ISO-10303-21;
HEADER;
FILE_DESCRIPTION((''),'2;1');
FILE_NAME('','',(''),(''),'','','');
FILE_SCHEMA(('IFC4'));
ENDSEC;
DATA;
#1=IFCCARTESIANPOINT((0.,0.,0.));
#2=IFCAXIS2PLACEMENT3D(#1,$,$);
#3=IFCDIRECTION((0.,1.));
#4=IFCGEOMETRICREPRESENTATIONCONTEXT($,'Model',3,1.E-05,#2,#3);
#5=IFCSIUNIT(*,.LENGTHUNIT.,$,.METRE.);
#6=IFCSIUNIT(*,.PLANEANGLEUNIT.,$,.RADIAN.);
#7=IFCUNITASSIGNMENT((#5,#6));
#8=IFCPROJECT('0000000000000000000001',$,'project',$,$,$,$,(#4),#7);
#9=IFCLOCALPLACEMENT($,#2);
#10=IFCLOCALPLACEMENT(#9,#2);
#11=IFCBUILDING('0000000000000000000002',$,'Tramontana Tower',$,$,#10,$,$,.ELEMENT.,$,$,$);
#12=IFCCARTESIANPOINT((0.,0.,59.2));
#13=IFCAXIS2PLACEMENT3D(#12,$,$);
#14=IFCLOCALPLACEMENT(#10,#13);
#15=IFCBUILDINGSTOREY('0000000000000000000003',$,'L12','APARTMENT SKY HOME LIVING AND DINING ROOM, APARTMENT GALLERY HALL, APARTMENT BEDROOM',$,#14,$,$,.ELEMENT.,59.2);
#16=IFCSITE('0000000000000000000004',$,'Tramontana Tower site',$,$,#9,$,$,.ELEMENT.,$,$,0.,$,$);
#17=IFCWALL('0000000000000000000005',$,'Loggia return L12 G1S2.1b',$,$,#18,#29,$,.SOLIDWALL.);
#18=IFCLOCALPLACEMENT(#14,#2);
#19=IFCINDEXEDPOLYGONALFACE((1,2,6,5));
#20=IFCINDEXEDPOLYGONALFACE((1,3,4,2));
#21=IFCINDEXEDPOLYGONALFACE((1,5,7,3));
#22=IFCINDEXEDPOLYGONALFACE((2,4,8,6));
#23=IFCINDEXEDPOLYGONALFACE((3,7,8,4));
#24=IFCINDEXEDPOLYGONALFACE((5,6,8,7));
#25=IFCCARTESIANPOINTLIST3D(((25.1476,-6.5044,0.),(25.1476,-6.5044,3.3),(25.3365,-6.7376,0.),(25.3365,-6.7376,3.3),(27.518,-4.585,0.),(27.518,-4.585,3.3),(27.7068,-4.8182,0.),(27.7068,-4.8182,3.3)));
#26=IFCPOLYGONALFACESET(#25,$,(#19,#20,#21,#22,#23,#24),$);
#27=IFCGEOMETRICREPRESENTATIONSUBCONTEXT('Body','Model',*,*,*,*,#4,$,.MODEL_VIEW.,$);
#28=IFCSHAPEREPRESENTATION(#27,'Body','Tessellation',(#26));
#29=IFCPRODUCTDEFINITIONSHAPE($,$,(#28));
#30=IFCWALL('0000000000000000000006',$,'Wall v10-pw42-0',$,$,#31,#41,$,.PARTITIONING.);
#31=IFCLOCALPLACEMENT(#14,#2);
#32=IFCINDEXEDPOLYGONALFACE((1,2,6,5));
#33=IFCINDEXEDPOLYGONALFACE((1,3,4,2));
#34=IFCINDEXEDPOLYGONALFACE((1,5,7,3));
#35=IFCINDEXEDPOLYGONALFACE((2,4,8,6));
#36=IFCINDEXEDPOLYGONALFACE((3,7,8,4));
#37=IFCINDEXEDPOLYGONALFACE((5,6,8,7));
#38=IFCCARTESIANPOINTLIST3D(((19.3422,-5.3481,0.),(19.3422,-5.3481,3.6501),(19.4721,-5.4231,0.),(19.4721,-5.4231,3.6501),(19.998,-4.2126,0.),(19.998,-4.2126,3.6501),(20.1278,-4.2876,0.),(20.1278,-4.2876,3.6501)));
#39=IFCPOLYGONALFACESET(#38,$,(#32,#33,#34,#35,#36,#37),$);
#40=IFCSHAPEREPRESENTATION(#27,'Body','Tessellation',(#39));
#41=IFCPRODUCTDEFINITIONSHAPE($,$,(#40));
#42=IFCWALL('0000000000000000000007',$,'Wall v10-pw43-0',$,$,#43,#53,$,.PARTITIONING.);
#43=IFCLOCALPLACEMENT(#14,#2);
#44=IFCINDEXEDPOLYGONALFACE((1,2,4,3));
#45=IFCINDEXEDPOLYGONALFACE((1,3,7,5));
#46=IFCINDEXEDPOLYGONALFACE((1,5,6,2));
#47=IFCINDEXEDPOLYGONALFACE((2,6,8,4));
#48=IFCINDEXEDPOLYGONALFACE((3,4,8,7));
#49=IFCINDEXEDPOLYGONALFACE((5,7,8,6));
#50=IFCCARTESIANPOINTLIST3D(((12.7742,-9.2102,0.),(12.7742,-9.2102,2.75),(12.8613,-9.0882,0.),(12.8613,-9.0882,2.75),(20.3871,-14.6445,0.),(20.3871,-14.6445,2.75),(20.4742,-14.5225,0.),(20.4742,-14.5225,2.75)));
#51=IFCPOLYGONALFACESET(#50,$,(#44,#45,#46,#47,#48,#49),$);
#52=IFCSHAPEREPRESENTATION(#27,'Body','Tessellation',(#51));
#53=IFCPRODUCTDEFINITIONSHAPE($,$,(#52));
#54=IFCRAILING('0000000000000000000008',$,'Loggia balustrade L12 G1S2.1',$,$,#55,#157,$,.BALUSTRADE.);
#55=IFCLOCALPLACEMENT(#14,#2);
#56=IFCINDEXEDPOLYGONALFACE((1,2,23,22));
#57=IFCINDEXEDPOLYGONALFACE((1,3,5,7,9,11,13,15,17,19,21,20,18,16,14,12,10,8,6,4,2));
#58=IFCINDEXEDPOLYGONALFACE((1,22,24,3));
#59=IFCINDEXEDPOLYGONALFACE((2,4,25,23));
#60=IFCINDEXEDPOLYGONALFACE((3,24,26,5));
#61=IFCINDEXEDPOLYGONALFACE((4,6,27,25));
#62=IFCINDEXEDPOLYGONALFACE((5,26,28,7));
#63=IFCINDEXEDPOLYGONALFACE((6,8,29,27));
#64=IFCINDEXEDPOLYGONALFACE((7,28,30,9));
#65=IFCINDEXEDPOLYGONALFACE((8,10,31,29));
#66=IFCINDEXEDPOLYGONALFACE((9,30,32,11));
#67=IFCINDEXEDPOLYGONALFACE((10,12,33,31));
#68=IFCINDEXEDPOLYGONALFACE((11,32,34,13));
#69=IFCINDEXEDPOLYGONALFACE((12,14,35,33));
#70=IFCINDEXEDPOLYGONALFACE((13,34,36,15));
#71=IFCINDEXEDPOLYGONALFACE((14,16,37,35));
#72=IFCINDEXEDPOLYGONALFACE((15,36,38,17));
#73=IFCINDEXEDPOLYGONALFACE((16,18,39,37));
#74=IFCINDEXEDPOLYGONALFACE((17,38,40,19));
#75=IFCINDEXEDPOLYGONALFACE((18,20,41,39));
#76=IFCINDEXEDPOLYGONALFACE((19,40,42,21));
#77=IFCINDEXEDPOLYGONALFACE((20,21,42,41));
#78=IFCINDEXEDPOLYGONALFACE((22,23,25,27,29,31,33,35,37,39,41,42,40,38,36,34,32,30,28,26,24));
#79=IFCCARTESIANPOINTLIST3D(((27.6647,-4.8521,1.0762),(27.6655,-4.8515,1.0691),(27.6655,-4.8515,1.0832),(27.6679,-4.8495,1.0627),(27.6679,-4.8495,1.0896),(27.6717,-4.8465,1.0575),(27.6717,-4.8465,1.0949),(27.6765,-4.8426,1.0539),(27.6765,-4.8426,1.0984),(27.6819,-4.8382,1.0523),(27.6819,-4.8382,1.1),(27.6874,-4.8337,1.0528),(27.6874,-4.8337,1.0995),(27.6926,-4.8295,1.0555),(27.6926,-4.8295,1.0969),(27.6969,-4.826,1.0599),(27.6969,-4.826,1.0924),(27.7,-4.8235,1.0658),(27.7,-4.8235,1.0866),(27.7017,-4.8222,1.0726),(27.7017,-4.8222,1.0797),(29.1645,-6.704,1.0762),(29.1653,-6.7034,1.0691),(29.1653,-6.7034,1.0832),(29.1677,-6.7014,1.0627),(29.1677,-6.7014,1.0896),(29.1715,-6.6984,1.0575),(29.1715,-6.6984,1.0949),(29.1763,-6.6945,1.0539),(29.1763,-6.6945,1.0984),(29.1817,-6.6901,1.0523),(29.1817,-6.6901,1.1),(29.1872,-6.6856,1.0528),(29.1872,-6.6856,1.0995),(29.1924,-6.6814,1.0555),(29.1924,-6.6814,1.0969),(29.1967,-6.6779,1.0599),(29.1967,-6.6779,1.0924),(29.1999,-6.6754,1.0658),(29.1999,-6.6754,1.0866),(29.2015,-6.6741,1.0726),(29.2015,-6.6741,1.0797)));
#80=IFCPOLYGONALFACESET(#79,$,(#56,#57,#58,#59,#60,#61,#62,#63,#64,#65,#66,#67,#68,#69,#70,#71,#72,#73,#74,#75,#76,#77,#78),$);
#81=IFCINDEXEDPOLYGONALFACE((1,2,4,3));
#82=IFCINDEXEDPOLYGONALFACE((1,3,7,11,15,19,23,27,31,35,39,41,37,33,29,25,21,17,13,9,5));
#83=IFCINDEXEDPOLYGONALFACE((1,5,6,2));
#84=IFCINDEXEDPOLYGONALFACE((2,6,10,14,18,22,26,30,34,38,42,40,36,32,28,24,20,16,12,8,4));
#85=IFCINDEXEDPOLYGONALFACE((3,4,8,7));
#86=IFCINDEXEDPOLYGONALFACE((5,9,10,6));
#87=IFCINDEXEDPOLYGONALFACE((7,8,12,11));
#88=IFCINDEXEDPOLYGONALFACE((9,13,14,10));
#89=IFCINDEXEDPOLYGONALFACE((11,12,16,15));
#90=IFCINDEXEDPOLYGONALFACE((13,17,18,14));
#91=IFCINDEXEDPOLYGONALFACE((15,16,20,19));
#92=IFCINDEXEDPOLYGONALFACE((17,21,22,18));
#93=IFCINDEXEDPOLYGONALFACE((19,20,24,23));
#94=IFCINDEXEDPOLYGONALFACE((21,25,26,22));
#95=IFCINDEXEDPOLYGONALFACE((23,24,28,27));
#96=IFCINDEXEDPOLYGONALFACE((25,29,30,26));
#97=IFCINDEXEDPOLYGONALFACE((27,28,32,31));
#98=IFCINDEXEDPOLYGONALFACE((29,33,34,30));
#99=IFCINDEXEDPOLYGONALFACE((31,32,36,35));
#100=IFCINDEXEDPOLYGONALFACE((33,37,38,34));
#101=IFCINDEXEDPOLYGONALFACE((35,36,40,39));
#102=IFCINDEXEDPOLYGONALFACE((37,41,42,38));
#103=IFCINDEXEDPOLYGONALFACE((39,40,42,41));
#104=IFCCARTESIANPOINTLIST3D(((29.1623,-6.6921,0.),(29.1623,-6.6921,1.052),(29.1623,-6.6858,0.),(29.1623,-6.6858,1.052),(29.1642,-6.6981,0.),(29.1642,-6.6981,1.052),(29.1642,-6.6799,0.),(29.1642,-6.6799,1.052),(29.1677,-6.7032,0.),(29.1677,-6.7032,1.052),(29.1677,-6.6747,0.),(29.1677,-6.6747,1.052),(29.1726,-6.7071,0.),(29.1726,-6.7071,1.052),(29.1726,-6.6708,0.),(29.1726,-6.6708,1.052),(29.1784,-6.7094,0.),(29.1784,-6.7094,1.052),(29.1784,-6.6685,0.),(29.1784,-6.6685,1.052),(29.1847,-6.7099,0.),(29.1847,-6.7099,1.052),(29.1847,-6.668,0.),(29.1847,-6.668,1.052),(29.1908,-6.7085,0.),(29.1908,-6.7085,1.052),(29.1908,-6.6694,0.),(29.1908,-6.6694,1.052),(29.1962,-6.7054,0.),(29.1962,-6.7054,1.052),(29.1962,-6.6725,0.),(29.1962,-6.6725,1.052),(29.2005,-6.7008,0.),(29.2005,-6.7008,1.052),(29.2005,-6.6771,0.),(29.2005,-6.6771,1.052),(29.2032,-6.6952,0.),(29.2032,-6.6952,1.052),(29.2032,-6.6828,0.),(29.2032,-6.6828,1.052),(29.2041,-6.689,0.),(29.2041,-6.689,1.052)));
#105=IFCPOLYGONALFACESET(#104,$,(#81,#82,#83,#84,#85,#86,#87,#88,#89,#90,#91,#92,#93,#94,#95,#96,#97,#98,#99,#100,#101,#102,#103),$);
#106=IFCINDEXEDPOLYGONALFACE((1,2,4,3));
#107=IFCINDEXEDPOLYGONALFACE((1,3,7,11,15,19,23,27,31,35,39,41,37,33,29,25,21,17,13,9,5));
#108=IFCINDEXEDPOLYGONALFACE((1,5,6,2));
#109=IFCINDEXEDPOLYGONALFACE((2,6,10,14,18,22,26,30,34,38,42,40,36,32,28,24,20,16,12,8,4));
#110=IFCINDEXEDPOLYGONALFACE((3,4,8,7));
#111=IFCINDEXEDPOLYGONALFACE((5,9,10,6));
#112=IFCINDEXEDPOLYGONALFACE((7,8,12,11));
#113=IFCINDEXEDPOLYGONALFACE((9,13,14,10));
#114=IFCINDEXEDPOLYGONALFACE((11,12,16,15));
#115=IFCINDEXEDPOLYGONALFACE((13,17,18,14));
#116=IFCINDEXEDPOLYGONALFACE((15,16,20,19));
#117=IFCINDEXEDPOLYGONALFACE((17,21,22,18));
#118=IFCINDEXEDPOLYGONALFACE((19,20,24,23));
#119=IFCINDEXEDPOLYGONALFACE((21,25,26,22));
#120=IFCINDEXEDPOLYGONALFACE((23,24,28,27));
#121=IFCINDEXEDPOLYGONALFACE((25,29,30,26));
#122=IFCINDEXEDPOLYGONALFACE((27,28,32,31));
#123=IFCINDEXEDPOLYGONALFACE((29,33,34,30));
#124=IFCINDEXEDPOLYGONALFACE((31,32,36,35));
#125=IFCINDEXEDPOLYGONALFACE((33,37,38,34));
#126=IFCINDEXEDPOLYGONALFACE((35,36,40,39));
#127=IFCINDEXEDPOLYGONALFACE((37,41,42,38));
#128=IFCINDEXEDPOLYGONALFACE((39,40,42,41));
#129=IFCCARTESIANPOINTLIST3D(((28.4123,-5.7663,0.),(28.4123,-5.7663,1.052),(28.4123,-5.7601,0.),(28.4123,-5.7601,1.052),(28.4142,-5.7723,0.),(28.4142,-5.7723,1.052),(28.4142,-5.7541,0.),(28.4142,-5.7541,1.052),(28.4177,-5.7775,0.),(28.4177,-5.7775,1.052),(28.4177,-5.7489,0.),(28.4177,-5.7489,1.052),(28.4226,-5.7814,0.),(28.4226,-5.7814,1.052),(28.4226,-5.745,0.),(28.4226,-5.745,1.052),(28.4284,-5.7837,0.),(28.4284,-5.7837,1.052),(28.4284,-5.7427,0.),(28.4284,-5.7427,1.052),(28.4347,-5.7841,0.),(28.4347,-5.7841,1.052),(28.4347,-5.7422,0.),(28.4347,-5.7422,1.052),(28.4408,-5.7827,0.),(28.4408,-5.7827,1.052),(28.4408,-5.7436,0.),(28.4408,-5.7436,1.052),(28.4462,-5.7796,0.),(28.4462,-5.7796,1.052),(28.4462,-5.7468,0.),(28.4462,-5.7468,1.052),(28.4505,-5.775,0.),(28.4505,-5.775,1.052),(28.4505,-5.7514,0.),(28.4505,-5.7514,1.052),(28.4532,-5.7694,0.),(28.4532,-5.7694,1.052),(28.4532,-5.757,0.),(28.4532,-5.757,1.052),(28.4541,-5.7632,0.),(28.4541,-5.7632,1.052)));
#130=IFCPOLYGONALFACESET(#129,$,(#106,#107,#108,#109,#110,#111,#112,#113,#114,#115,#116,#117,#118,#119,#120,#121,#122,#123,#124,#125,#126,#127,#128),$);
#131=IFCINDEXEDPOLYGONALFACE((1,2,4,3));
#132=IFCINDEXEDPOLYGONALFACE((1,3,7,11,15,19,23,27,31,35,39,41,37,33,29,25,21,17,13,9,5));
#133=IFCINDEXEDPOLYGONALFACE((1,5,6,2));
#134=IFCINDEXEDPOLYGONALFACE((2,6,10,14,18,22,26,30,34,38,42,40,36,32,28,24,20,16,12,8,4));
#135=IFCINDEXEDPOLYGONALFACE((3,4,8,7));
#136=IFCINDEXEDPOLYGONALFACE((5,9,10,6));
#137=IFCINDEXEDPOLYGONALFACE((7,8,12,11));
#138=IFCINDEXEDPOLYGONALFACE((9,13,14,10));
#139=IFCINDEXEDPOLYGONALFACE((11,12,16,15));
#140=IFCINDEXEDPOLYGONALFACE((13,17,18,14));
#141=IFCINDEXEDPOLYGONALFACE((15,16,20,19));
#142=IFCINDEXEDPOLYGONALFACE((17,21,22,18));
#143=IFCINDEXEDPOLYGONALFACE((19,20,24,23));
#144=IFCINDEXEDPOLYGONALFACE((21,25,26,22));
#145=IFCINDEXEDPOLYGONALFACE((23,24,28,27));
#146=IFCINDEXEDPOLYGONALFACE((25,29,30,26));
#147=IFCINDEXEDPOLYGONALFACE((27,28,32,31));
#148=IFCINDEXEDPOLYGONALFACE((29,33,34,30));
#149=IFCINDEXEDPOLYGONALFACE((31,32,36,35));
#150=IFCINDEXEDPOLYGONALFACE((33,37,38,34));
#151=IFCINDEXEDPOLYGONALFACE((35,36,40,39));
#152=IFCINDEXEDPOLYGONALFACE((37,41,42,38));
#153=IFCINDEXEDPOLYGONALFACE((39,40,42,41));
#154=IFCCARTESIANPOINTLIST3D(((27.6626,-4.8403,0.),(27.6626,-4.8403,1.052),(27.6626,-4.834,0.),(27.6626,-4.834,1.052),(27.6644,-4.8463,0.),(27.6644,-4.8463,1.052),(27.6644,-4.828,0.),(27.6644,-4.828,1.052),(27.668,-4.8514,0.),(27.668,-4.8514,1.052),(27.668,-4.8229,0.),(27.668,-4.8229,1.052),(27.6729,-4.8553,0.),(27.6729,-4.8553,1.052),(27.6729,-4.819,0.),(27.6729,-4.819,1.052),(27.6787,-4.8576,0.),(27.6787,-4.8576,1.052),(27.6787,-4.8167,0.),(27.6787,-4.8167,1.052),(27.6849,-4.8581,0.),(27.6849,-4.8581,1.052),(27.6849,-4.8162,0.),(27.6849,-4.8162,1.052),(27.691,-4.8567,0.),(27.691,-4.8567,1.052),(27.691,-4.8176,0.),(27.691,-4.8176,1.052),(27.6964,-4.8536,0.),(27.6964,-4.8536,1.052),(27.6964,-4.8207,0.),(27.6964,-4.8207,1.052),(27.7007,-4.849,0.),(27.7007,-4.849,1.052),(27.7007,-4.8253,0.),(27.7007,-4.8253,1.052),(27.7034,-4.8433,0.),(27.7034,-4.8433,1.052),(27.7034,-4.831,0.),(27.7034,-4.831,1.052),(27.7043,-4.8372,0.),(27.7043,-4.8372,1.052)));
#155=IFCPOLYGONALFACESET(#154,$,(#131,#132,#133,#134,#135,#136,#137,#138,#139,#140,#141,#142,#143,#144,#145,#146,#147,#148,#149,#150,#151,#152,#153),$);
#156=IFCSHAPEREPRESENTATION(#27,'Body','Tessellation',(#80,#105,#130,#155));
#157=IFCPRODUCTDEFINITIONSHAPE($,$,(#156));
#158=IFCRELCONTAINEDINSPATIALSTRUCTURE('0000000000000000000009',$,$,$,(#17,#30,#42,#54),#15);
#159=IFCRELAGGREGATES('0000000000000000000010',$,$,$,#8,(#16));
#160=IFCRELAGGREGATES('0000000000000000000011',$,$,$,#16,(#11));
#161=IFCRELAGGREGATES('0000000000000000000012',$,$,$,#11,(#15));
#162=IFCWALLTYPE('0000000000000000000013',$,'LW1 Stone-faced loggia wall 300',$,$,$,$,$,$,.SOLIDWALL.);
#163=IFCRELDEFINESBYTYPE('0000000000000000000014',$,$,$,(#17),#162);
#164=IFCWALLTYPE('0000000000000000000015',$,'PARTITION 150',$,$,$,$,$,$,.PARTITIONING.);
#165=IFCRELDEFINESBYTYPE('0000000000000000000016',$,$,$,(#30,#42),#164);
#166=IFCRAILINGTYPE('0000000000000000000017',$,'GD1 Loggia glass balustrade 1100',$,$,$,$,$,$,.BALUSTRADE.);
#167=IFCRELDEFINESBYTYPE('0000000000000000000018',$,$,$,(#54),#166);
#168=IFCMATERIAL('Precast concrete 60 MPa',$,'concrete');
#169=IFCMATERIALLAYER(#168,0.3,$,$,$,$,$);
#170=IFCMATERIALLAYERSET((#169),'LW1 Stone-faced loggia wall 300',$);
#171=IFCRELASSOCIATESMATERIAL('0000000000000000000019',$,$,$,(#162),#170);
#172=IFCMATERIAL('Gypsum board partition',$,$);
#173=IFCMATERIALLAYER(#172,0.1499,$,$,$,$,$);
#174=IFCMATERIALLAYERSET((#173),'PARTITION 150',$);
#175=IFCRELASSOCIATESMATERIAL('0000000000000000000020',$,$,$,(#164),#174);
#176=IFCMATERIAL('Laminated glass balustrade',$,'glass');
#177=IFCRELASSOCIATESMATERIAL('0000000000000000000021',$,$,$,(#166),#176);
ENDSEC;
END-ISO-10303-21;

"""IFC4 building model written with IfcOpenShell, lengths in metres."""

from ifc_helpers import new_model, si_unit, direction, frame, frame_2d, origin, origin_2d, place, context, subcontext, project, spatial, rectangle, circle, extrude, material, layer, layer_set, type_object, element, save


model = new_model("IFC4")

# Units and contexts
model_context = context("Model", 3, precision=1e-05, world=origin(), true_north=direction((0.0, 1.0)))
body_context = subcontext(model_context, "Body", "Model", "MODEL_VIEW")
ifc_project = project(units=[si_unit("LENGTHUNIT", "METRE"), si_unit("PLANEANGLEUNIT", "RADIAN")], contexts=[model_context])

# Site, building, storey
site_placement = place(None, origin())
site = spatial("IfcSite", under=ifc_project, at=site_placement, Name="Tramontana Tower site", CompositionType="ELEMENT", RefElevation=0.0)
building_placement = place(site_placement, origin())
building = spatial("IfcBuilding", under=site, at=building_placement, Name="Tramontana Tower", CompositionType="ELEMENT")
storey_placement = place(building_placement, frame((0.0, 0.0, 59.2)))
storey = spatial("IfcBuildingStorey", under=building, at=storey_placement, Name="L12", Description="APARTMENT SKY HOME LIVING AND DINING ROOM, APARTMENT GALLERY HALL, APARTMENT BEDROOM", CompositionType="ELEMENT", Elevation=59.2)

# Shared definitions
ifc_material_1 = material(Name="Precast concrete 60 MPa", Category="concrete")
ifc_layer_1 = layer(ifc_material_1, 0.3)
ifc_layer_set_1 = layer_set([ifc_layer_1], Name="LW1 Stone-faced loggia wall 300")
wall_type_1 = type_object("IfcWallType", Name="LW1 Stone-faced loggia wall 300", PredefinedType="SOLIDWALL", material=ifc_layer_set_1)

# Walls
for number, where, z_axis, x_axis, name in (
    (1, (27.6123, -4.7017, 0.0), (0.0, 0.0, 1.0), (-0.777154, -0.629311, 0.0), "Loggia return L12 G1S2.1b"),
):
    element("IfcWall", number, at=place(storey_placement, frame(where, z_axis=z_axis, x_axis=x_axis)), inside=storey, type_object=wall_type_1, Name=name, PredefinedType="SOLIDWALL", context=body_context, shape_type="SweptSolid", body=[
        extrude(rectangle(XDim=3.05, YDim=0.3, at=frame_2d((1.5249, 0.0))), origin(), (0.0, 0.0, 1.0), 3.3),
    ])
ifc_material_2 = material(Name="Gypsum board partition")
ifc_layer_2 = layer(ifc_material_2, 0.1499)
ifc_layer_set_2 = layer_set([ifc_layer_2], Name="PARTITION 150")
wall_type_2 = type_object("IfcWallType", Name="PARTITION 150", PredefinedType="PARTITIONING", material=ifc_layer_set_2)
wall_1_placement = place(storey_placement, frame((20.063, -4.25, 0.0), z_axis=(0.0, 0.0, 1.0), x_axis=(-0.500104, -0.865965, 0.0)))
element("IfcWall", 2, at=wall_1_placement, inside=storey, type_object=wall_type_2, Name="Wall v10-pw42-0", PredefinedType="PARTITIONING", context=body_context, shape_type="SweptSolid", body=[
    extrude(rectangle(XDim=1.3113, YDim=0.1499, at=frame_2d((0.6558, 0.0))), origin(), (0.0, 0.0, 1.0), 3.6501),
])
wall_2_placement = place(storey_placement, frame((20.4307, -14.5835, 0.0), z_axis=(0.0, 0.0, 1.0), x_axis=(-0.813913, 0.580986, 0.0)))
element("IfcWall", 3, at=wall_2_placement, inside=storey, type_object=wall_type_2, Name="Wall v10-pw43-0", PredefinedType="PARTITIONING", context=body_context, shape_type="SweptSolid", body=[
    extrude(rectangle(XDim=9.3535, YDim=0.1499, at=frame_2d((4.6768, 0.0))), origin(), (0.0, 0.0, 1.0), 2.75),
])

# Railing
ifc_material_3 = material(Name="Laminated glass balustrade", Category="glass")
railing_type = type_object("IfcRailingType", Name="GD1 Loggia glass balustrade 1100", PredefinedType="BALUSTRADE", material=ifc_material_3)
railing_1_placement = place(storey_placement, frame((29.1831, -6.689, 0.0)))
element("IfcRailing", 4, at=railing_1_placement, inside=storey, type_object=railing_type, Name="Loggia balustrade L12 G1S2.1", PredefinedType="BALUSTRADE", context=body_context, shape_type="SweptSolid", body=[
    extrude(circle(Radius=0.0239, at=origin_2d()), frame((0.0, 0.0, 1.0762), z_axis=(-0.629369, 0.777106, 0.0), x_axis=(-0.777106, -0.629369, 0.0)), (0.0, 0.0, 1.0), 2.3831),
    extrude(circle(Radius=0.021, at=origin_2d()), origin(), (0.0, 0.0, 1.0), 1.052),
    extrude(circle(Radius=0.021, at=origin_2d()), frame((-0.75, 0.9258, 0.0)), (0.0, 0.0, 1.0), 1.052),
    extrude(circle(Radius=0.021, at=origin_2d()), frame((-1.4998, 1.8518, 0.0)), (0.0, 0.0, 1.0), 1.052),
])

save(model, "model.ifc")
